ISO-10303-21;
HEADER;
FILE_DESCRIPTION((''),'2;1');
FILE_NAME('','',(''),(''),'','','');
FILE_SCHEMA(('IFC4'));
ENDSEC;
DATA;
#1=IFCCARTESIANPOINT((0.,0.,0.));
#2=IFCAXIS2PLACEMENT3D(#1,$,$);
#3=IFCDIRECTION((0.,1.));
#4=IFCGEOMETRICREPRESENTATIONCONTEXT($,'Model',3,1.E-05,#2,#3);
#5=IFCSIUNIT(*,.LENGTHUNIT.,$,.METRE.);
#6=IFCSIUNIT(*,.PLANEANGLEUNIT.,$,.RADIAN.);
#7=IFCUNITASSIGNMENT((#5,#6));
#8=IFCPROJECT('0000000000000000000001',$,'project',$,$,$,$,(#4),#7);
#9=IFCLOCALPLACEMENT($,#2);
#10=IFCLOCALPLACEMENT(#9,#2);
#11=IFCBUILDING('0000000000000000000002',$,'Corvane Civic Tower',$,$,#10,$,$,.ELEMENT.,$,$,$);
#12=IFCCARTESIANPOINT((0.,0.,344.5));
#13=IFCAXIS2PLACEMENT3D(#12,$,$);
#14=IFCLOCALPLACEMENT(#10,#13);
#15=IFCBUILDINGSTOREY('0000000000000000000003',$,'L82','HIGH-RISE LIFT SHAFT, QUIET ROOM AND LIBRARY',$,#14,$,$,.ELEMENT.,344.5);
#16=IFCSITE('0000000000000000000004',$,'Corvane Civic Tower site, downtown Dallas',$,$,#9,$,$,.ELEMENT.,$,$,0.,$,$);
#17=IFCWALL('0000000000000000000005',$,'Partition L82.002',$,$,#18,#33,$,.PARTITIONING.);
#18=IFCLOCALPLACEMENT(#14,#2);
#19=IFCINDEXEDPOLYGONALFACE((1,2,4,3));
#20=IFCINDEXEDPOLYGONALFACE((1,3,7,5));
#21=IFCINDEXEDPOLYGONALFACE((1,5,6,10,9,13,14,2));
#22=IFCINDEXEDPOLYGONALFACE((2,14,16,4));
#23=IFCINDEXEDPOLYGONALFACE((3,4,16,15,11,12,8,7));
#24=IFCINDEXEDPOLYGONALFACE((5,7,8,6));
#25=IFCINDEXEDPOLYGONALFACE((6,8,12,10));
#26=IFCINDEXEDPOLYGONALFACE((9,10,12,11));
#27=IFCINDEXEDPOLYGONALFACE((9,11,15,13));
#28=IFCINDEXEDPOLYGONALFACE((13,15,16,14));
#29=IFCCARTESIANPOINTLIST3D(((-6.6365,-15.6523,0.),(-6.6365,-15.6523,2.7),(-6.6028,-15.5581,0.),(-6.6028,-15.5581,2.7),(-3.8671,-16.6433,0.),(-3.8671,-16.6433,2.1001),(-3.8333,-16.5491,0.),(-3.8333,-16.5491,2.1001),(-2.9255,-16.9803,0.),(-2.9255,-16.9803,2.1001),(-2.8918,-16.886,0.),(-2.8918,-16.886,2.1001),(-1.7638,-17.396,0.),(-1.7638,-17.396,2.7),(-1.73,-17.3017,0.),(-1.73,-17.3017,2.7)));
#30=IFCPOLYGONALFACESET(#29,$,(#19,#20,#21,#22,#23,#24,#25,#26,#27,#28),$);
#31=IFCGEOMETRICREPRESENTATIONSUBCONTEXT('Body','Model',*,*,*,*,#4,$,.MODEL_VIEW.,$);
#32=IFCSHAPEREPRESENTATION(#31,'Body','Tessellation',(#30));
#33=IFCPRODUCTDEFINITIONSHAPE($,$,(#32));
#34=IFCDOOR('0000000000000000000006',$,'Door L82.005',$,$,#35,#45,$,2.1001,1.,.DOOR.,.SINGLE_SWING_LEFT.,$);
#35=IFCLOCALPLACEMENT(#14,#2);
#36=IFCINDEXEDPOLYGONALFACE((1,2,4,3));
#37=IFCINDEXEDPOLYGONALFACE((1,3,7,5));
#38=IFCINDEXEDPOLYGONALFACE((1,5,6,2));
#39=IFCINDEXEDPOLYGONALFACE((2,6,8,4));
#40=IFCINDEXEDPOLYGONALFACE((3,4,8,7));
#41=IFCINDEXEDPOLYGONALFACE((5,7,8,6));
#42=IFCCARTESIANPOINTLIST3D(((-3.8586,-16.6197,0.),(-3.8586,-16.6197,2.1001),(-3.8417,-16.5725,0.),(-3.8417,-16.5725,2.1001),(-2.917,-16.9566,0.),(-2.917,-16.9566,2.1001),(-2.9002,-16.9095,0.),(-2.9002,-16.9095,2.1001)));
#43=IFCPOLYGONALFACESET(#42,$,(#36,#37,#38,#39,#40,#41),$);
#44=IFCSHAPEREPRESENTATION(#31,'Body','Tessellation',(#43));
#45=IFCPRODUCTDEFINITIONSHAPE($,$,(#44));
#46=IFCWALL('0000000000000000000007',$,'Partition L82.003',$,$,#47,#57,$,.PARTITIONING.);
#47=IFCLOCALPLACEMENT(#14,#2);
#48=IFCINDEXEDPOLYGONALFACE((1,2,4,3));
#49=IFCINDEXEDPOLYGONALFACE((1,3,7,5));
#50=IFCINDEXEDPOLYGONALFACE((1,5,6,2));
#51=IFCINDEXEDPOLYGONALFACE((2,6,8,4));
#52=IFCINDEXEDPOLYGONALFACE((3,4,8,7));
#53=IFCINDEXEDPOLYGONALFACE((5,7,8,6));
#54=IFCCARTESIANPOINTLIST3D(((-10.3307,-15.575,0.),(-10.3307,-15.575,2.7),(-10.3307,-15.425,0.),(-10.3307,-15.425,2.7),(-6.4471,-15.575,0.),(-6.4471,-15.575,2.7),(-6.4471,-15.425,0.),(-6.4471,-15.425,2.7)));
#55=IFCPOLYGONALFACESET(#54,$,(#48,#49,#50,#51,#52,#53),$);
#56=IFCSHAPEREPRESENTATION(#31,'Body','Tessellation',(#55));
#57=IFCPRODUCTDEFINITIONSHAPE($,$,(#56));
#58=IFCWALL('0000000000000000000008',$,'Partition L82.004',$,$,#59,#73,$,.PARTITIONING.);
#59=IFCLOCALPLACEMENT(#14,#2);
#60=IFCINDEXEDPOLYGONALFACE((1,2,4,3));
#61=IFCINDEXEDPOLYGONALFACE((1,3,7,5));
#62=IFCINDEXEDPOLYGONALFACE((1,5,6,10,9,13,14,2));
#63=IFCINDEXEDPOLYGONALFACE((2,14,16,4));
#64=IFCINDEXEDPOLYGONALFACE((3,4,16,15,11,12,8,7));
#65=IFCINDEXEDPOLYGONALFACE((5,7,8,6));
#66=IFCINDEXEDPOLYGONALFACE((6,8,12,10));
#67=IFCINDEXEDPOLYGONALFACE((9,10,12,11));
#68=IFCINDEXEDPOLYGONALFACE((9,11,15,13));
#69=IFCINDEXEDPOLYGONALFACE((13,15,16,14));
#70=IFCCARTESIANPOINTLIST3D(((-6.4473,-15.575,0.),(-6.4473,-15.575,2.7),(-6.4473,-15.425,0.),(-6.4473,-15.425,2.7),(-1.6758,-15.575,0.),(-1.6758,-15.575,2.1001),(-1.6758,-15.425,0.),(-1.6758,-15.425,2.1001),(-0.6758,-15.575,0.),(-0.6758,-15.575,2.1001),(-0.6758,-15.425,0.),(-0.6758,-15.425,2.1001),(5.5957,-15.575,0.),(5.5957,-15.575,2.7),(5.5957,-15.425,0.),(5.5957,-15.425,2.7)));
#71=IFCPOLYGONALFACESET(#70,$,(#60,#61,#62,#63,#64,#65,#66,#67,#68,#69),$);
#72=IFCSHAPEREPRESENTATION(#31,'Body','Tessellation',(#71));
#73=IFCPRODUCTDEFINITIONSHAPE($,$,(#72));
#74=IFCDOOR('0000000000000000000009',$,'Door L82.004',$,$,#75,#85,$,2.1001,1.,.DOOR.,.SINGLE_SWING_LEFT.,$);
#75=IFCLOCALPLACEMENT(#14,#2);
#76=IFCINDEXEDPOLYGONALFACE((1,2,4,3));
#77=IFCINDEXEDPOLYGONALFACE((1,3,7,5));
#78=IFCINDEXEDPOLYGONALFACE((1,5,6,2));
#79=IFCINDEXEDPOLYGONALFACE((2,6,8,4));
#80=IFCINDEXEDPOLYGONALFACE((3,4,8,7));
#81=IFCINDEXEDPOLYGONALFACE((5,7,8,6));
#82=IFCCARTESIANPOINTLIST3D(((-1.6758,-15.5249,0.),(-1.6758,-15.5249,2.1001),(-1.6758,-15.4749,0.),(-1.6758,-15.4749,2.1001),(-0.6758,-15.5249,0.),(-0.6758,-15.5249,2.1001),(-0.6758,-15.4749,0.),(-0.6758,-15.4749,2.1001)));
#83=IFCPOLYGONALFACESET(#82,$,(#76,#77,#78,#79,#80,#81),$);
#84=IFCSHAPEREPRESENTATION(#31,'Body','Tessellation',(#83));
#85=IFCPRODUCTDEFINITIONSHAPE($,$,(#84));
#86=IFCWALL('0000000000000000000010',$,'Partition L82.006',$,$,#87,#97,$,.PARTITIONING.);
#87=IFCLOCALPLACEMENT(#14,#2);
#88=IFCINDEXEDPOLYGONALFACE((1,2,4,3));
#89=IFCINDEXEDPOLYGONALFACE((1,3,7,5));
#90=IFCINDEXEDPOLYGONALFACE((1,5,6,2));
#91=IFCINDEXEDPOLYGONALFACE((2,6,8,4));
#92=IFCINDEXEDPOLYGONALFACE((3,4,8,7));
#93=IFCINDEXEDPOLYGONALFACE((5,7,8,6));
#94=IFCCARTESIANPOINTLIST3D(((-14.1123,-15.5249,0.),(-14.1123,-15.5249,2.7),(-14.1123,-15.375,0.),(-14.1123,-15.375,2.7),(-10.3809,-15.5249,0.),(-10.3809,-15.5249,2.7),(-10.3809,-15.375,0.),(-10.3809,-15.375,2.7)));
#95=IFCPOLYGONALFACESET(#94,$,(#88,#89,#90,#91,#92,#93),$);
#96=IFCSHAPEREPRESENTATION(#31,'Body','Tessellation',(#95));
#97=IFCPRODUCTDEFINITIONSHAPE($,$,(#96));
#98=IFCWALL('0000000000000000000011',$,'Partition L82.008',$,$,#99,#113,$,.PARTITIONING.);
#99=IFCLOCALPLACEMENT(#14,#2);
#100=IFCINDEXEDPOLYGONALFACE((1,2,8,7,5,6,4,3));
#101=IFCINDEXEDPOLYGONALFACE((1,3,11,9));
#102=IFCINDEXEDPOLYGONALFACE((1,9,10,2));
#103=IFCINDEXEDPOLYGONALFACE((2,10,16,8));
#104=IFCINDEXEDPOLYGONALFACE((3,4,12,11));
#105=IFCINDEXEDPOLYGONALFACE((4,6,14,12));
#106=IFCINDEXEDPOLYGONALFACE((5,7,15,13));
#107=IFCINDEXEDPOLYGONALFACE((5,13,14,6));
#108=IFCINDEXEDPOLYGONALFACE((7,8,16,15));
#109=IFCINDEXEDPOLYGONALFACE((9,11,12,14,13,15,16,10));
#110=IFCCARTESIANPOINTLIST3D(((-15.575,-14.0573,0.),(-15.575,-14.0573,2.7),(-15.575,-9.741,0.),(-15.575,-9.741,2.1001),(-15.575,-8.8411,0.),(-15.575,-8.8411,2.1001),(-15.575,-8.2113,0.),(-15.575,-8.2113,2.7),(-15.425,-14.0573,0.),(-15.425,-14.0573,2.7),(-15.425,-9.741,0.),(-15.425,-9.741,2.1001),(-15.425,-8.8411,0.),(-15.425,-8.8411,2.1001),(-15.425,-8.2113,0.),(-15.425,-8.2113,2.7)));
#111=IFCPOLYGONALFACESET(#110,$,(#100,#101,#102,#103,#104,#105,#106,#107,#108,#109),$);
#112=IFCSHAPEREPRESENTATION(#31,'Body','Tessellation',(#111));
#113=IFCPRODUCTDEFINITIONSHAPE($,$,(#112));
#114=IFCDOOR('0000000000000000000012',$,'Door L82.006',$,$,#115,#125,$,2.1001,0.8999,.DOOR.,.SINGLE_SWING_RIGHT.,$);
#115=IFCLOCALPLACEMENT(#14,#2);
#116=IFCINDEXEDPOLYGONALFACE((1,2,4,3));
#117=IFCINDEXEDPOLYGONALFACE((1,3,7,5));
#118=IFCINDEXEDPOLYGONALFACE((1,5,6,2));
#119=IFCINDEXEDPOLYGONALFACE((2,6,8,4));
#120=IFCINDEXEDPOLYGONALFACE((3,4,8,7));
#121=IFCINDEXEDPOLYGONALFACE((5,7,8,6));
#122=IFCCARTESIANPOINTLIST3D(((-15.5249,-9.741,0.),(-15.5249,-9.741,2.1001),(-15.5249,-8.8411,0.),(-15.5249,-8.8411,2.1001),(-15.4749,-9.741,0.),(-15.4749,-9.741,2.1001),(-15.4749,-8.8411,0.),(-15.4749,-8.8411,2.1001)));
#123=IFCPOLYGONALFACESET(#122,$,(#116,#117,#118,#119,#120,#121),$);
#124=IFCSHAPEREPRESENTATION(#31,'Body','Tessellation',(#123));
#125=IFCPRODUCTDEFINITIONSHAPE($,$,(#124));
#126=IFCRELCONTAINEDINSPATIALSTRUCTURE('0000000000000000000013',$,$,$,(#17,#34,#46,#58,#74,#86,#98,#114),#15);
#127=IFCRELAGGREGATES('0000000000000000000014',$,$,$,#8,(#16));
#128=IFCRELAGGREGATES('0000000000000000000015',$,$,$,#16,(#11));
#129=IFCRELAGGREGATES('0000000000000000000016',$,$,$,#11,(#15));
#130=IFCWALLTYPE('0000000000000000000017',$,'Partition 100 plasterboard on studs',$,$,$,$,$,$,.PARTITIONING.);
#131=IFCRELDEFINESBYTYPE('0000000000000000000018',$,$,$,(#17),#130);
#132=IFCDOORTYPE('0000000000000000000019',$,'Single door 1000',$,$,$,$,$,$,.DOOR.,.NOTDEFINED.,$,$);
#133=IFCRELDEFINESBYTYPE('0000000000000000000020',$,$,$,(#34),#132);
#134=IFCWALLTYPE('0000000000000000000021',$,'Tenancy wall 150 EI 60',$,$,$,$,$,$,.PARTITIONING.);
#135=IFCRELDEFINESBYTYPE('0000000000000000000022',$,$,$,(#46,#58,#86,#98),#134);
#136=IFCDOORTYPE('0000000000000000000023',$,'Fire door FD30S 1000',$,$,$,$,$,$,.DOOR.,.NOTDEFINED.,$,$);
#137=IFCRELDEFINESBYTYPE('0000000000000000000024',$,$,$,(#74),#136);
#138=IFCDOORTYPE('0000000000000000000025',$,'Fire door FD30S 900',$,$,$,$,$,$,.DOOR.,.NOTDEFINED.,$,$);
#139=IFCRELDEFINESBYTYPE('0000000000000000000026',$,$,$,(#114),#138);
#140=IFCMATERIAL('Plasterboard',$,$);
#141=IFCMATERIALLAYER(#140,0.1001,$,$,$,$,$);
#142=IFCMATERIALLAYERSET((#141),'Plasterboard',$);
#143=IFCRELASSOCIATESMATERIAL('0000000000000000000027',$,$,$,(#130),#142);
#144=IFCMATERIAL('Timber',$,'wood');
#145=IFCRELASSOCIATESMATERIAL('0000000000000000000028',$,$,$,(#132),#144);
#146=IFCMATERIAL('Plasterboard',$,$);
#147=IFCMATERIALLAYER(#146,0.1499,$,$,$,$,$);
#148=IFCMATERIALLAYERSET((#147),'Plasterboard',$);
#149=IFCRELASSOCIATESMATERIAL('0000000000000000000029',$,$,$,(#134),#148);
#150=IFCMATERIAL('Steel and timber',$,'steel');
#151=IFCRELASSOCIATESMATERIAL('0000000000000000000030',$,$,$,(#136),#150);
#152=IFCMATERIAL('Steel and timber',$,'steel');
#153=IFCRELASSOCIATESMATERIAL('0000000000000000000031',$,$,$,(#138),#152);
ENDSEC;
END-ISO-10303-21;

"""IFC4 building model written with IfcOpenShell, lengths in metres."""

from ifc_helpers import new_model, si_unit, direction, frame, frame_2d, origin, place, context, subcontext, project, spatial, rectangle, extrude, material, layer, layer_set, type_object, element, fill, save


model = new_model("IFC4")

# Units and contexts
model_context = context("Model", 3, precision=1e-05, world=origin(), true_north=direction((0.0, 1.0)))
body_context = subcontext(model_context, "Body", "Model", "MODEL_VIEW")
ifc_project = project(units=[si_unit("LENGTHUNIT", "METRE"), si_unit("PLANEANGLEUNIT", "RADIAN")], contexts=[model_context])

# Site, building, storey
site_placement = place(None, origin())
site = spatial("IfcSite", under=ifc_project, at=site_placement, Name="Corvane Civic Tower site, downtown Dallas", CompositionType="ELEMENT", RefElevation=0.0)
building_placement = place(site_placement, origin())
building = spatial("IfcBuilding", under=site, at=building_placement, Name="Corvane Civic Tower", CompositionType="ELEMENT")
storey_placement = place(building_placement, frame((0.0, 0.0, 344.5)))
storey = spatial("IfcBuildingStorey", under=building, at=storey_placement, Name="L82", Description="HIGH-RISE LIFT SHAFT, QUIET ROOM AND LIBRARY", CompositionType="ELEMENT", Elevation=344.5)

# Shared definitions
ifc_material_1 = material(Name="Plasterboard")
ifc_layer_1 = layer(ifc_material_1, 0.1001)
ifc_layer_set_1 = layer_set([ifc_layer_1], Name="Plasterboard")
wall_type_1 = type_object("IfcWallType", Name="Partition 100 plasterboard on studs", PredefinedType="PARTITIONING", material=ifc_layer_set_1)

# Wall, opening, door
wall_1_placement = place(storey_placement, frame((-6.6196, -15.6052, 0.0), z_axis=(0.0, 0.0, 1.0), x_axis=(0.941536, -0.336913, 0.0)))
wall_1 = element("IfcWall", 1, at=wall_1_placement, inside=storey, type_object=wall_type_1, Name="Partition L82.002", PredefinedType="PARTITIONING", context=body_context, shape_type="SweptSolid", body=[
    extrude(rectangle(XDim=5.1753, YDim=0.1001, at=frame_2d((2.5876, 0.0))), origin(), (0.0, 0.0, 1.0), 2.7),
])
opening_1_placement = place(wall_1_placement, frame((2.9414, 0.0, 0.0)))
opening_1 = element("IfcOpeningElement", 2, at=opening_1_placement, cuts=wall_1, PredefinedType="OPENING", context=body_context, shape_type="SweptSolid", body=[
    extrude(rectangle(XDim=1.0, YDim=2.1001, at=frame_2d((0.5, 1.05))), frame((0.0, 0.0601, 0.0), z_axis=(0.0, -1.0, 0.0), x_axis=(1.0, 0.0, 0.0)), (0.0, 0.0, 1.0), 0.1201),
])
ifc_material_2 = material(Name="Timber", Category="wood")
door_type_1 = type_object("IfcDoorType", Name="Single door 1000", OperationType="NOTDEFINED", PredefinedType="DOOR", material=ifc_material_2)
door_1_placement = place(opening_1_placement, frame((1.0, 0.0, 0.0), z_axis=(0.0, 0.0, 1.0), x_axis=(-1.0, 0.0, 0.0)))
door_1 = element("IfcDoor", 3, at=door_1_placement, inside=storey, type_object=door_type_1, Name="Door L82.005", OperationType="SINGLE_SWING_LEFT", OverallHeight=2.1001, OverallWidth=1.0, PredefinedType="DOOR", context=body_context, shape_type="SweptSolid", body=[
    extrude(rectangle(XDim=1.0, YDim=2.1001, at=frame_2d((0.5, 1.05))), frame((0.0, 0.0249, 0.0), z_axis=(0.0, -1.0, 0.0), x_axis=(1.0, 0.0, 0.0)), (0.0, 0.0, 1.0), 0.05),
])
fill(opening_1, door_1)

# Wall
ifc_material_3 = material(Name="Plasterboard")
ifc_layer_2 = layer(ifc_material_3, 0.1499)
ifc_layer_set_2 = layer_set([ifc_layer_2], Name="Plasterboard")
wall_type_2 = type_object("IfcWallType", Name="Tenancy wall 150 EI 60", PredefinedType="PARTITIONING", material=ifc_layer_set_2)
wall_2_placement = place(storey_placement, frame((-10.3308, -15.5, 0.0), z_axis=(0.0, 0.0, 1.0), x_axis=(1.0, 0.0, 0.0)))
element("IfcWall", 4, at=wall_2_placement, inside=storey, type_object=wall_type_2, Name="Partition L82.003", PredefinedType="PARTITIONING", context=body_context, shape_type="SweptSolid", body=[
    extrude(rectangle(XDim=3.8835, YDim=0.1499, at=frame_2d((1.9419, 0.0))), origin(), (0.0, 0.0, 1.0), 2.7),
])

# Wall, opening, door
wall_3_placement = place(storey_placement, frame((-6.4473, -15.5, 0.0), z_axis=(0.0, 0.0, 1.0), x_axis=(1.0, 0.0, 0.0)))
wall_3 = element("IfcWall", 5, at=wall_3_placement, inside=storey, type_object=wall_type_2, Name="Partition L82.004", PredefinedType="PARTITIONING", context=body_context, shape_type="SweptSolid", body=[
    extrude(rectangle(XDim=12.043, YDim=0.1499, at=frame_2d((6.0215, 0.0))), origin(), (0.0, 0.0, 1.0), 2.7),
])
opening_2_placement = place(wall_3_placement, frame((4.7715, 0.0, 0.0)))
opening_2 = element("IfcOpeningElement", 6, at=opening_2_placement, cuts=wall_3, PredefinedType="OPENING", context=body_context, shape_type="SweptSolid", body=[
    extrude(rectangle(XDim=1.0, YDim=2.1001, at=frame_2d((0.5, 1.05))), frame((0.0, 0.085, 0.0), z_axis=(0.0, -1.0, 0.0), x_axis=(1.0, 0.0, 0.0)), (0.0, 0.0, 1.0), 0.1699),
])
ifc_material_4 = material(Name="Steel and timber", Category="steel")
door_type_2 = type_object("IfcDoorType", Name="Fire door FD30S 1000", OperationType="NOTDEFINED", PredefinedType="DOOR", material=ifc_material_4)
door_2_placement = place(opening_2_placement, frame((1.0, 0.0, 0.0), z_axis=(0.0, 0.0, 1.0), x_axis=(-1.0, 0.0, 0.0)))
door_2 = element("IfcDoor", 7, at=door_2_placement, inside=storey, type_object=door_type_2, Name="Door L82.004", OperationType="SINGLE_SWING_LEFT", OverallHeight=2.1001, OverallWidth=1.0, PredefinedType="DOOR", context=body_context, shape_type="SweptSolid", body=[
    extrude(rectangle(XDim=1.0, YDim=2.1001, at=frame_2d((0.5, 1.05))), frame((0.0, 0.0249, 0.0), z_axis=(0.0, -1.0, 0.0), x_axis=(1.0, 0.0, 0.0)), (0.0, 0.0, 1.0), 0.05),
])
fill(opening_2, door_2)

# Wall
wall_4_placement = place(storey_placement, frame((-14.1123, -15.45, 0.0), z_axis=(0.0, 0.0, 1.0), x_axis=(1.0, 0.0, 0.0)))
element("IfcWall", 8, at=wall_4_placement, inside=storey, type_object=wall_type_2, Name="Partition L82.006", PredefinedType="PARTITIONING", context=body_context, shape_type="SweptSolid", body=[
    extrude(rectangle(XDim=3.7314, YDim=0.1499, at=frame_2d((1.8657, 0.0))), origin(), (0.0, 0.0, 1.0), 2.7),
])

# Wall, opening, door
wall_5_placement = place(storey_placement, frame((-15.5, -14.0571, 0.0), z_axis=(0.0, 0.0, 1.0), x_axis=(0.0, 1.0, 0.0)))
wall_5 = element("IfcWall", 9, at=wall_5_placement, inside=storey, type_object=wall_type_2, Name="Partition L82.008", PredefinedType="PARTITIONING", context=body_context, shape_type="SweptSolid", body=[
    extrude(rectangle(XDim=5.8459, YDim=0.1499, at=frame_2d((2.9229, 0.0))), origin(), (0.0, 0.0, 1.0), 2.7),
])
opening_3_placement = place(wall_5_placement, frame((4.3162, 0.0, 0.0)))
opening_3 = element("IfcOpeningElement", 10, at=opening_3_placement, cuts=wall_5, PredefinedType="OPENING", context=body_context, shape_type="SweptSolid", body=[
    extrude(rectangle(XDim=0.8999, YDim=2.1001, at=frame_2d((0.45, 1.05))), frame((0.0, 0.085, 0.0), z_axis=(0.0, -1.0, 0.0), x_axis=(1.0, 0.0, 0.0)), (0.0, 0.0, 1.0), 0.1699),
])
ifc_material_5 = material(Name="Steel and timber", Category="steel")
door_type_3 = type_object("IfcDoorType", Name="Fire door FD30S 900", OperationType="NOTDEFINED", PredefinedType="DOOR", material=ifc_material_5)
door_3_placement = place(opening_3_placement, origin())
door_3 = element("IfcDoor", 11, at=door_3_placement, inside=storey, type_object=door_type_3, Name="Door L82.006", OperationType="SINGLE_SWING_RIGHT", OverallHeight=2.1001, OverallWidth=0.8999, PredefinedType="DOOR", context=body_context, shape_type="SweptSolid", body=[
    extrude(rectangle(XDim=0.8999, YDim=2.1001, at=frame_2d((0.45, 1.05))), frame((0.0, 0.0249, 0.0), z_axis=(0.0, -1.0, 0.0), x_axis=(1.0, 0.0, 0.0)), (0.0, 0.0, 1.0), 0.05),
])
fill(opening_3, door_3)

save(model, "model.ifc")
